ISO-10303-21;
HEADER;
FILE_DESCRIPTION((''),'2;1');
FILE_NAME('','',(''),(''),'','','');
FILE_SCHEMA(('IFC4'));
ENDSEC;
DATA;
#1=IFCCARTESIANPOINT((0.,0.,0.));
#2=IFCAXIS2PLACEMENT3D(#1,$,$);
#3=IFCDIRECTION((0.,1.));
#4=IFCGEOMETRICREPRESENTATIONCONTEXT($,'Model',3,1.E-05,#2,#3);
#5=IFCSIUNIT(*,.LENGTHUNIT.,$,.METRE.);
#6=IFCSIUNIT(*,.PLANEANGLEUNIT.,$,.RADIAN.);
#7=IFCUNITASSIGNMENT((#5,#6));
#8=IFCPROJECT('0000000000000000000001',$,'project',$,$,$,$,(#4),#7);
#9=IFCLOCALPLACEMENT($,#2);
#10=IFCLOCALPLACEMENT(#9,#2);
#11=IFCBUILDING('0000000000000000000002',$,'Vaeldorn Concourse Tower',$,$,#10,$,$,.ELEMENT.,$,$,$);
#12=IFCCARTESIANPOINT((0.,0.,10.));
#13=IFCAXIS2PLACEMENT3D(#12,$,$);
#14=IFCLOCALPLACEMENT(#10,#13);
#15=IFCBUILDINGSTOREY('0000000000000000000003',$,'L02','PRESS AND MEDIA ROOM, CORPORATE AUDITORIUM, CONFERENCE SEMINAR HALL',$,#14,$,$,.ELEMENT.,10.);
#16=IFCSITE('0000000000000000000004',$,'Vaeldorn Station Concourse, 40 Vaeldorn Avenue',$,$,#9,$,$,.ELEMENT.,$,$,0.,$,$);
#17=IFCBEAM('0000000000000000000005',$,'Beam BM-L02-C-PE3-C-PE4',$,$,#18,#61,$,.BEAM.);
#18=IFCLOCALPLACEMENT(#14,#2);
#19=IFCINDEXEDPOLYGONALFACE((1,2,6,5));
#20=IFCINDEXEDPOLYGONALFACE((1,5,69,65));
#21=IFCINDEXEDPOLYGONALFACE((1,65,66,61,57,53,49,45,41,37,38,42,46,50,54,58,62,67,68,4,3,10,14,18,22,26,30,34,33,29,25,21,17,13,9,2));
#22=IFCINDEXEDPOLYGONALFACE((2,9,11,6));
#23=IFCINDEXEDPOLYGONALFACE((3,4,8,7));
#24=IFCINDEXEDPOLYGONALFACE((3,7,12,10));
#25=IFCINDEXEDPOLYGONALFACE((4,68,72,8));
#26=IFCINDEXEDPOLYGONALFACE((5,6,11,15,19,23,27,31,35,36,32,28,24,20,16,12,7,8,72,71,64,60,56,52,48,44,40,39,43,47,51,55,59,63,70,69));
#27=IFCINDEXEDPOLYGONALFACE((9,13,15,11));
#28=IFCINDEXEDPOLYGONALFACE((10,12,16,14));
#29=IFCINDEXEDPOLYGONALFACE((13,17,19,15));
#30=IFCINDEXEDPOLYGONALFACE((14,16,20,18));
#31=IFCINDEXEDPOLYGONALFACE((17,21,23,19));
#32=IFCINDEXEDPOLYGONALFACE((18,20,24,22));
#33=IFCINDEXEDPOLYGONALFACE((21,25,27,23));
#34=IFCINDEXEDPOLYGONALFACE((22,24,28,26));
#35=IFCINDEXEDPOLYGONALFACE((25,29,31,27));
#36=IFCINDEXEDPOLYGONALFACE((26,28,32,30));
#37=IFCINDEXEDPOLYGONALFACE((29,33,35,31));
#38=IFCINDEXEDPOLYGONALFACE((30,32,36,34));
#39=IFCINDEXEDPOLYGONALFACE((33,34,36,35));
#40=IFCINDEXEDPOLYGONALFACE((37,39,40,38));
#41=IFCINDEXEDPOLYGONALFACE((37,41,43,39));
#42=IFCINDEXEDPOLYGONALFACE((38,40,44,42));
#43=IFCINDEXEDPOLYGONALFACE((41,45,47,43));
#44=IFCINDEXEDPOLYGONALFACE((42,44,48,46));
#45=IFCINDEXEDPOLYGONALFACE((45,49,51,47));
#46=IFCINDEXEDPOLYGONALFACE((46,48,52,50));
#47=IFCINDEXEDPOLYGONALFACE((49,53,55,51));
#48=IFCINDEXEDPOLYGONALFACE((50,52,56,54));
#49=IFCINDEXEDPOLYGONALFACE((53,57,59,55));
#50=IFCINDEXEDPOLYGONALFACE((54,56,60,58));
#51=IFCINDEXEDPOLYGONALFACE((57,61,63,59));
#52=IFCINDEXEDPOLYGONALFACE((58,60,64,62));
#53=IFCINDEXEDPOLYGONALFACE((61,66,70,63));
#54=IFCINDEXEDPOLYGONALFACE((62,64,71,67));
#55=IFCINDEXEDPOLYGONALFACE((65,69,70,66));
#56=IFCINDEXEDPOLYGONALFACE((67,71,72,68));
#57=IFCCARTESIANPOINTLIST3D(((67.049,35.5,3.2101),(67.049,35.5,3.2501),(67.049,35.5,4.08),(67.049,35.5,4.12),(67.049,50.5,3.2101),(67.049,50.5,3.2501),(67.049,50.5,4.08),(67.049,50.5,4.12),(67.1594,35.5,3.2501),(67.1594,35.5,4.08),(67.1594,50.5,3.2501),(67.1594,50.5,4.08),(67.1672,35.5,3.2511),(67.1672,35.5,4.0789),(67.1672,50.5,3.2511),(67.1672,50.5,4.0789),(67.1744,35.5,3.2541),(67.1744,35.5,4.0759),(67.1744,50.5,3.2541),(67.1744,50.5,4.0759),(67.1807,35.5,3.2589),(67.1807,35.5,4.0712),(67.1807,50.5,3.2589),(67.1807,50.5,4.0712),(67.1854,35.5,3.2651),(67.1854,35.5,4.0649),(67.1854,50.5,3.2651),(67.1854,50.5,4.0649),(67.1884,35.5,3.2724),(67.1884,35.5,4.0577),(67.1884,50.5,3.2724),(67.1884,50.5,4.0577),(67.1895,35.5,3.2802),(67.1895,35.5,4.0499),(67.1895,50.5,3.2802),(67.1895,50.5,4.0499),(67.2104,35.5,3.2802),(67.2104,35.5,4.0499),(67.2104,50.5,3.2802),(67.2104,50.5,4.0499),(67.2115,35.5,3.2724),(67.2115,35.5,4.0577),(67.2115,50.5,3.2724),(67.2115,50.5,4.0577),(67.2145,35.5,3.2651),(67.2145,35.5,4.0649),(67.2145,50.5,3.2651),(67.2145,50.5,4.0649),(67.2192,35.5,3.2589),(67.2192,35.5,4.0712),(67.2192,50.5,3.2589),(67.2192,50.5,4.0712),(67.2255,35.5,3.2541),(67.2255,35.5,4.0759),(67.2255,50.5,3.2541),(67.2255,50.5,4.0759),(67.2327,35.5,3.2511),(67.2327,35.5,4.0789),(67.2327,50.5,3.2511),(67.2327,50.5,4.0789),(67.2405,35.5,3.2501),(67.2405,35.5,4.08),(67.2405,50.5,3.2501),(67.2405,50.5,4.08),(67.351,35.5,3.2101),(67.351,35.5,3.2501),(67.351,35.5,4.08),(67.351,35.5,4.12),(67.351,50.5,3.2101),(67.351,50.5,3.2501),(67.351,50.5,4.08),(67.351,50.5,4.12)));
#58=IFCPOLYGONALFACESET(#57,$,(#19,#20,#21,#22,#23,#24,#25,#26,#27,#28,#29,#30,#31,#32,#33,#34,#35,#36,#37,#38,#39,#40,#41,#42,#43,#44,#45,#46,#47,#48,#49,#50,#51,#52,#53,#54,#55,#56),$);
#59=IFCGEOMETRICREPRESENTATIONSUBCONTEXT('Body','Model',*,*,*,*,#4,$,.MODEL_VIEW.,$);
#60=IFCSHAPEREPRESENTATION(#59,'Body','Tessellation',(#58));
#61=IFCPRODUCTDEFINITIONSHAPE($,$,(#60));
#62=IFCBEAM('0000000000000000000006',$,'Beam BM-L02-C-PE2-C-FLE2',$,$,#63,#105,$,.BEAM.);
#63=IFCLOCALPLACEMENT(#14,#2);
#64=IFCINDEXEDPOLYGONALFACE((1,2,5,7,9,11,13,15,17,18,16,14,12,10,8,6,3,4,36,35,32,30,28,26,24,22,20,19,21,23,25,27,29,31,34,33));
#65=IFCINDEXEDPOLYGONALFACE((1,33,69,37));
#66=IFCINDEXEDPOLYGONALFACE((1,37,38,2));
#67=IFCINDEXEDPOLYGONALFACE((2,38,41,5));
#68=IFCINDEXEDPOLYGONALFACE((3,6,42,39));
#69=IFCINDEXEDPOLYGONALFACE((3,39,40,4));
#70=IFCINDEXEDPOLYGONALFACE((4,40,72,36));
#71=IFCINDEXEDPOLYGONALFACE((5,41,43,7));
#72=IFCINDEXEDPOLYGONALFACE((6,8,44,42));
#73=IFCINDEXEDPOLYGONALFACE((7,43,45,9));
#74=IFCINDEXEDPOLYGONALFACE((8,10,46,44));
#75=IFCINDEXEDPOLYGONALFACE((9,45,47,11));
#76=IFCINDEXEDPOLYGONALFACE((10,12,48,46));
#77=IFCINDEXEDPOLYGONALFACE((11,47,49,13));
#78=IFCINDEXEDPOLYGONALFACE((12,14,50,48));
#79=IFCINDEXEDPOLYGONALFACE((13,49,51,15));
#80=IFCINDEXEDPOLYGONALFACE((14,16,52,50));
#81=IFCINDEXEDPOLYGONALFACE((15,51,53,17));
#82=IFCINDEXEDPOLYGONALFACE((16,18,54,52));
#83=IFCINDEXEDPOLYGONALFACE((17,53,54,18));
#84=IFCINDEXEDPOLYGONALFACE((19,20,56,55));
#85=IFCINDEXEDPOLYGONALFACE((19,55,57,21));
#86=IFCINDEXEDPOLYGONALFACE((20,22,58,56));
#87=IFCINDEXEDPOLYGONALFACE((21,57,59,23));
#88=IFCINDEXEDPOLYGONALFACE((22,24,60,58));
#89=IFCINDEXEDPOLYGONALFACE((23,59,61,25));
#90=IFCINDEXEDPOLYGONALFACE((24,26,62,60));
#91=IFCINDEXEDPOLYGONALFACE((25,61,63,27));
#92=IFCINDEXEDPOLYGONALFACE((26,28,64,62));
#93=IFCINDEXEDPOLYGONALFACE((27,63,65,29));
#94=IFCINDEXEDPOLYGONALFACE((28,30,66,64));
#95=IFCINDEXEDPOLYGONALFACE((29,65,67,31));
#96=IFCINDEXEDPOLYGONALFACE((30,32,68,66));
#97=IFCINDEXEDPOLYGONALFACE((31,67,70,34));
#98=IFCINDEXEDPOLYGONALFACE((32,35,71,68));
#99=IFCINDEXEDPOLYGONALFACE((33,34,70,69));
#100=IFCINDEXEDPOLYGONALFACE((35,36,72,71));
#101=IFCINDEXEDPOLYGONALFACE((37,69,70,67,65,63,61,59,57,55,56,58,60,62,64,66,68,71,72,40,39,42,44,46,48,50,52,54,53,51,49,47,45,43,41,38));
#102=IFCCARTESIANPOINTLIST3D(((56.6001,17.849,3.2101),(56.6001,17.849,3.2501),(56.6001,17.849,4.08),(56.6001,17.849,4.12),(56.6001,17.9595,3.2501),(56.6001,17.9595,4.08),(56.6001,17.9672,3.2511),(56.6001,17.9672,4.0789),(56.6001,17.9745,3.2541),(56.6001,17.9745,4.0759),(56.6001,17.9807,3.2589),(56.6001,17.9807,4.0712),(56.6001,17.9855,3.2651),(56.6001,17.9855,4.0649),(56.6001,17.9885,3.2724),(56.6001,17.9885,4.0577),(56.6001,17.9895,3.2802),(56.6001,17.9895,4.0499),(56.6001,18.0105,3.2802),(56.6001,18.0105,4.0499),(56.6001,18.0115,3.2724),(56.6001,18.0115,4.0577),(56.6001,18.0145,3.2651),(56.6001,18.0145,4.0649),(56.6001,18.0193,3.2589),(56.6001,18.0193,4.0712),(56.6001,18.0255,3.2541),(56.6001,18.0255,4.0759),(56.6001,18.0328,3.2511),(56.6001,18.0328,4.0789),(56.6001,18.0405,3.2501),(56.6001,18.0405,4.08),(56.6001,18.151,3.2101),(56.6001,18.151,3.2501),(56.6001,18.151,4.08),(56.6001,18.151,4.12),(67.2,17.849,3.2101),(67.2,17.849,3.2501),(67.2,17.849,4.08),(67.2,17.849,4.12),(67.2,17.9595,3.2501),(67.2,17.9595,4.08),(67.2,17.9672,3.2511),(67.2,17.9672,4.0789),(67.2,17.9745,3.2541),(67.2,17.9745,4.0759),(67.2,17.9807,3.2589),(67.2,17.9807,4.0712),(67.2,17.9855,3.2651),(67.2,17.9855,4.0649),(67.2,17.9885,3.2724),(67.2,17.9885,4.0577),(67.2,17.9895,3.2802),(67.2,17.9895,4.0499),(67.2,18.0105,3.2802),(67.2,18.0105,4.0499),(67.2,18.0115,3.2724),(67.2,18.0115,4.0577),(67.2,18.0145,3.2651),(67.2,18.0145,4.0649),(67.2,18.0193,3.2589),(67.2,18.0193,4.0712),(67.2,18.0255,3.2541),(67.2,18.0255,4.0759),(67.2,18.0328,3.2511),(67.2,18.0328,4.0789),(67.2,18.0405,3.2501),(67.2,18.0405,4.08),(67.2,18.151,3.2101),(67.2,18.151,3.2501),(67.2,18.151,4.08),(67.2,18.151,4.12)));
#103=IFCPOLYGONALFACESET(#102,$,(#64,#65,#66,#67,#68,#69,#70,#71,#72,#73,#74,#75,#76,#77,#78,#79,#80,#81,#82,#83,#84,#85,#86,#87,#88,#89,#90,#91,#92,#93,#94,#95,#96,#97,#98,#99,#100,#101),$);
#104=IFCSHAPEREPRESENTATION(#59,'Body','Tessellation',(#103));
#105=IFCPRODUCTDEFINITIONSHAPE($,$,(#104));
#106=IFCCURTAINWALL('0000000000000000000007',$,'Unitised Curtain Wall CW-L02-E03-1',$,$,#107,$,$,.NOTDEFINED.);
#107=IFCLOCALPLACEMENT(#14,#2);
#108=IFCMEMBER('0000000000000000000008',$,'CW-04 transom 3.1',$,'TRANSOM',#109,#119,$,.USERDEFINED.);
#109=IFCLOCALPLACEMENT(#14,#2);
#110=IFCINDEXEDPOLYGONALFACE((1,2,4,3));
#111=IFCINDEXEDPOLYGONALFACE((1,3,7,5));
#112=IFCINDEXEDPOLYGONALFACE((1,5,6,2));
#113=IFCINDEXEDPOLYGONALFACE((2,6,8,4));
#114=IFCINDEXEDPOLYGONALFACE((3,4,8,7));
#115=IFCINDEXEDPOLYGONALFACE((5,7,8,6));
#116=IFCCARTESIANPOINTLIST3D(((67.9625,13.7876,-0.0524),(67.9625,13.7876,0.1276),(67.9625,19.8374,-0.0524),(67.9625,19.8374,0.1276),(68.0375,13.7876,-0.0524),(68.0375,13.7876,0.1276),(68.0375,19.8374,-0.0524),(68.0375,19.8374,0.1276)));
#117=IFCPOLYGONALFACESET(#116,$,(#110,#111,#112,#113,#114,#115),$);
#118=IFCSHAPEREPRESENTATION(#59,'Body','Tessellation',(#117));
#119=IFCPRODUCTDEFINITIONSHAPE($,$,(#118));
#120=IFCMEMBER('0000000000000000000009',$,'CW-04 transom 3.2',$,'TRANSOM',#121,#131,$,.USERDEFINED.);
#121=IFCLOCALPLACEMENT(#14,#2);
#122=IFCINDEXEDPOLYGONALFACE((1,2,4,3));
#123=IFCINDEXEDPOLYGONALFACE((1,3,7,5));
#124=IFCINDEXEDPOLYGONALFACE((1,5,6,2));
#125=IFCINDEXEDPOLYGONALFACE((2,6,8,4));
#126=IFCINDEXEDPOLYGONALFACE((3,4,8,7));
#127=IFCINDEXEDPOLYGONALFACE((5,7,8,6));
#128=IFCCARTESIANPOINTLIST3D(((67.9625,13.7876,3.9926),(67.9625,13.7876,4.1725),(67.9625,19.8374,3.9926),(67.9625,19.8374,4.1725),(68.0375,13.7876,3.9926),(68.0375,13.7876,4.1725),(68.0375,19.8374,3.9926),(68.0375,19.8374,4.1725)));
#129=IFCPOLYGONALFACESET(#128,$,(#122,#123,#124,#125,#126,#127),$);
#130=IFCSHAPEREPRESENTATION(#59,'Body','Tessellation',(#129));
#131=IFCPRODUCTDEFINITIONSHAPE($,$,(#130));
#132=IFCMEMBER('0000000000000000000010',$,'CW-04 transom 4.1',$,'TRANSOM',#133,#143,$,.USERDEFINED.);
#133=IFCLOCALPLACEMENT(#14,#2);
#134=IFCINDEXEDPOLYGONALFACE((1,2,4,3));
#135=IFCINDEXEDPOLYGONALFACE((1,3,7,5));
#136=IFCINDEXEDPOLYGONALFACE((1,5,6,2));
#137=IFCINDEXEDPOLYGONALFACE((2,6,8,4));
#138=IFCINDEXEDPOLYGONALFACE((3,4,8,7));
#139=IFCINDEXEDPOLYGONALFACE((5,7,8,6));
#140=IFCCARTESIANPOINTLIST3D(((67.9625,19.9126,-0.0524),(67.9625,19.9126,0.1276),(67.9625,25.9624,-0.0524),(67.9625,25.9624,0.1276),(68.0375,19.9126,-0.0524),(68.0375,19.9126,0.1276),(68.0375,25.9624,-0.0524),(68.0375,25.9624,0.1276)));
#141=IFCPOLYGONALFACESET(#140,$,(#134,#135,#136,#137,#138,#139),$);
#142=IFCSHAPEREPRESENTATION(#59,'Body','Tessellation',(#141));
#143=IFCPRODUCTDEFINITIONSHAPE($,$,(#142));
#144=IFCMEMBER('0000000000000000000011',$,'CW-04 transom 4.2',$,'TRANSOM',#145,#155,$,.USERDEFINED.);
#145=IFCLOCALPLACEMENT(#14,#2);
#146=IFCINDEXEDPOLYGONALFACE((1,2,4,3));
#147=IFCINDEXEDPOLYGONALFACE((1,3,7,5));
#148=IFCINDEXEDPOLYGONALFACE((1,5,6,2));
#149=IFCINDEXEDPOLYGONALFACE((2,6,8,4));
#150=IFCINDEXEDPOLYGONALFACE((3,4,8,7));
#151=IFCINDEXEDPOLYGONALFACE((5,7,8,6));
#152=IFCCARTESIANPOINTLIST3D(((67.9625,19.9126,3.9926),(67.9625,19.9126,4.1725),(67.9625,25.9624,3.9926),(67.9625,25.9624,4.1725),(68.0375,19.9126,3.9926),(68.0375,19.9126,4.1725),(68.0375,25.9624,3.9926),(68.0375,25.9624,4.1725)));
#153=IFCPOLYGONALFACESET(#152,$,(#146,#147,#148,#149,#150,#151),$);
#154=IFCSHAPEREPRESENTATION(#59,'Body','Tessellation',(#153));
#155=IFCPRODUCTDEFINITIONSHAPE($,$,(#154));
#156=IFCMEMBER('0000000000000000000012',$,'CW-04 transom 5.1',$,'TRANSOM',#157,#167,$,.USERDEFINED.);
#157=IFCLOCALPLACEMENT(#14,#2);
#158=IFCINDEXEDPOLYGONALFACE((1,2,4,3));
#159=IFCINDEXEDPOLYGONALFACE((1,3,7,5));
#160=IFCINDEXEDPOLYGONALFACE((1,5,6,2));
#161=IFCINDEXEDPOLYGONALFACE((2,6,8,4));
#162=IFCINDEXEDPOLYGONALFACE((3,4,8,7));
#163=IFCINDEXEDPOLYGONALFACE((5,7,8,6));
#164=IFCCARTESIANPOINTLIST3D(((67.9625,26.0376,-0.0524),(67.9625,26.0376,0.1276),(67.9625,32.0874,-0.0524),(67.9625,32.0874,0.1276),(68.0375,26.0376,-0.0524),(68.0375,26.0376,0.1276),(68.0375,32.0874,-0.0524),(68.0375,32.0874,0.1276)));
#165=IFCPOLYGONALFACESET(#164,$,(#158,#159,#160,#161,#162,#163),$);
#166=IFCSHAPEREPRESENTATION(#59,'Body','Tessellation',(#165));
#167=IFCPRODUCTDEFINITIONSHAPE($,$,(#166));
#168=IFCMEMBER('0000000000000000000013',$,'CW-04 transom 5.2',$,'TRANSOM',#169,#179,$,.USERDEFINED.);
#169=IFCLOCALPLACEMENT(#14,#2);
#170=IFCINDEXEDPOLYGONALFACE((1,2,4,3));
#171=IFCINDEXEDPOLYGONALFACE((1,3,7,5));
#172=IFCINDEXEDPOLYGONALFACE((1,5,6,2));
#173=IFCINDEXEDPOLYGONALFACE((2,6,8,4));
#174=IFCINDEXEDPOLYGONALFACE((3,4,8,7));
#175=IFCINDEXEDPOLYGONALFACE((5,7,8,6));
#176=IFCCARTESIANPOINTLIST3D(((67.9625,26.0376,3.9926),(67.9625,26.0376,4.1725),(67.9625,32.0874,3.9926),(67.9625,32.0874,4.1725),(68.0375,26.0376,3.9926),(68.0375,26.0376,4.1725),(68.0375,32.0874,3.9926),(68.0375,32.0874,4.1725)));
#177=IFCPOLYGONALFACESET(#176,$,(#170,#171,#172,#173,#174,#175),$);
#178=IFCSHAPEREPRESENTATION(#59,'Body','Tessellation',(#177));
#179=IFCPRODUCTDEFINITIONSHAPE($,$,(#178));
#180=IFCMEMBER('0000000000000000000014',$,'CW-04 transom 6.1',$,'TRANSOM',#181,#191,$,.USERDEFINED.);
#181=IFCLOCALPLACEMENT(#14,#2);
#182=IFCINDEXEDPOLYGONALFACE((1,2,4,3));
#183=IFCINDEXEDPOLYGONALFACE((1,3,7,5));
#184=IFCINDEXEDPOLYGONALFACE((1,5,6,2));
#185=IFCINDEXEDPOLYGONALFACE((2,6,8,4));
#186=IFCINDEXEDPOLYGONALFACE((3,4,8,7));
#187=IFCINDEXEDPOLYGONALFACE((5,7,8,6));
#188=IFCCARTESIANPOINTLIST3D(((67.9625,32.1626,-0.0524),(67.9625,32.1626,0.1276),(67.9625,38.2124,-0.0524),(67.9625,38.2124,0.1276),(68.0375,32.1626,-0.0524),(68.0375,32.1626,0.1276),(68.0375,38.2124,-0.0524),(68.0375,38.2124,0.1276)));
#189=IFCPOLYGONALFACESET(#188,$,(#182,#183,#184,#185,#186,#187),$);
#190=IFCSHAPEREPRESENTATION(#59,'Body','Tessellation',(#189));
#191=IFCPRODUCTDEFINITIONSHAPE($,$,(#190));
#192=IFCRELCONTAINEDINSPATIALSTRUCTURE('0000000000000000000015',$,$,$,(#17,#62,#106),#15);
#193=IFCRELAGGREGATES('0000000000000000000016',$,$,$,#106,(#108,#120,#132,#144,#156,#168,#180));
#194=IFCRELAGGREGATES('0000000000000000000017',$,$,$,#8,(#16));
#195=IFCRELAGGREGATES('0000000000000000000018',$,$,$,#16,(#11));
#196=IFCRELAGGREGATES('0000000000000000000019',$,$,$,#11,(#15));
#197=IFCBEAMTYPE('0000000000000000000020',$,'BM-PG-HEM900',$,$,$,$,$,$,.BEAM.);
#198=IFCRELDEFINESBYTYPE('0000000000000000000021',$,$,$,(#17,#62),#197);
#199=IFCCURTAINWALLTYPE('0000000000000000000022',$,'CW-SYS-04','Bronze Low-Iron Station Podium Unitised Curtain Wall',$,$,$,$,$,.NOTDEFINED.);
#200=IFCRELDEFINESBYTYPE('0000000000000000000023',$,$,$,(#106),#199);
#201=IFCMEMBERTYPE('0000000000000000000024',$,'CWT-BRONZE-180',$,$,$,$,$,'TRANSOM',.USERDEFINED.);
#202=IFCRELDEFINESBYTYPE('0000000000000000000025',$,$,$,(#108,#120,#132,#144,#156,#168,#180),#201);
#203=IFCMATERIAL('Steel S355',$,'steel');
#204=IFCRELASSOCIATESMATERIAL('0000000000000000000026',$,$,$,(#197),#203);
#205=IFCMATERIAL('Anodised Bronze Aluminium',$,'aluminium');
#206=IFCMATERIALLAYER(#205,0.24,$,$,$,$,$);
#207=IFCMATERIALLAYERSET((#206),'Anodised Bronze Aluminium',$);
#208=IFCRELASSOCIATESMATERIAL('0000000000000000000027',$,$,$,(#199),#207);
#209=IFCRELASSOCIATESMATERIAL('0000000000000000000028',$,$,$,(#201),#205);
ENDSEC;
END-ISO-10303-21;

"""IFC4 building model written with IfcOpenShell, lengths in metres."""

from ifc_helpers import new_model, si_unit, direction, frame, origin, origin_2d, place, context, subcontext, project, spatial, rectangle, i_section, extrude, source, transform, mapped, material, layer, layer_set, material_profile, profile_set, type_object, element, aggregate, save


model = new_model("IFC4")

# Units and contexts
model_context = context("Model", 3, precision=1e-05, world=origin(), true_north=direction((0.0, 1.0)))
body_context = subcontext(model_context, "Body", "Model", "MODEL_VIEW")
ifc_project = project(units=[si_unit("LENGTHUNIT", "METRE"), si_unit("PLANEANGLEUNIT", "RADIAN")], contexts=[model_context])

# Site, building, storey
site_placement = place(None, origin())
site = spatial("IfcSite", under=ifc_project, at=site_placement, Name="Vaeldorn Station Concourse, 40 Vaeldorn Avenue", CompositionType="ELEMENT", RefElevation=0.0)
building_placement = place(site_placement, origin())
building = spatial("IfcBuilding", under=site, at=building_placement, Name="Vaeldorn Concourse Tower", CompositionType="ELEMENT")
storey_placement = place(building_placement, frame((0.0, 0.0, 10.0)))
storey = spatial("IfcBuildingStorey", under=building, at=storey_placement, Name="L02", Description="PRESS AND MEDIA ROOM, CORPORATE AUDITORIUM, CONFERENCE SEMINAR HALL", CompositionType="ELEMENT", Elevation=10.0)

# Beams
ifc_material_1 = material(Name="Steel S355", Category="steel")
ifc_material_profile_1 = material_profile(ifc_material_1, i_section(OverallWidth=0.302, OverallDepth=0.9099, WebThickness=0.021, FlangeThickness=0.04, FilletRadius=0.03, at=origin_2d()), Name="HEM 900")
ifc_profile_set_1 = profile_set([ifc_material_profile_1], Name="Steel S355")
beam_type = type_object("IfcBeamType", Name="BM-PG-HEM900", PredefinedType="BEAM", material=ifc_profile_set_1)
shared_shape_1 = source(origin(), body_context, "Body", "SweptSolid", [
    extrude(i_section(OverallWidth=0.302, OverallDepth=0.9099, WebThickness=0.021, FlangeThickness=0.04, FilletRadius=0.03, at=origin_2d()), origin(), (0.0, 0.0, 1.0), 15.0),
])
beam_1_placement = place(storey_placement, frame((67.2, 35.5, 3.665), z_axis=(0.0, 1.0, 0.0), x_axis=(-1.0, 0.0, 0.0)))
element("IfcBeam", 1, at=beam_1_placement, inside=storey, type_object=beam_type, Name="Beam BM-L02-C-PE3-C-PE4", PredefinedType="BEAM", context=body_context, shape_type="MappedRepresentation", body=[
    mapped(shared_shape_1, transform((0.0, 0.0, 0.0), scale=1.0)),
])
shared_shape_2 = source(origin(), body_context, "Body", "SweptSolid", [
    extrude(i_section(OverallWidth=0.302, OverallDepth=0.9099, WebThickness=0.021, FlangeThickness=0.04, FilletRadius=0.03, at=origin_2d()), origin(), (0.0, 0.0, 1.0), 10.5999),
])
beam_2_placement = place(storey_placement, frame((67.2, 18.0, 3.665), z_axis=(-1.0, 0.0, 0.0), x_axis=(0.0, -1.0, 0.0)))
element("IfcBeam", 2, at=beam_2_placement, inside=storey, type_object=beam_type, Name="Beam BM-L02-C-PE2-C-FLE2", PredefinedType="BEAM", context=body_context, shape_type="MappedRepresentation", body=[
    mapped(shared_shape_2, transform((0.0, 0.0, 0.0), scale=1.0)),
])

# Curtain wall, members
ifc_material_2 = material(Name="Anodised Bronze Aluminium", Category="aluminium")
ifc_layer_1 = layer(ifc_material_2, 0.24)
ifc_layer_set_1 = layer_set([ifc_layer_1], Name="Anodised Bronze Aluminium")
curtain_wall_type = type_object("IfcCurtainWallType", Name="CW-SYS-04", Description="Bronze Low-Iron Station Podium Unitised Curtain Wall", PredefinedType="NOTDEFINED", material=ifc_layer_set_1)
curtain_wall_placement = place(storey_placement, origin())
curtain_wall = element("IfcCurtainWall", 3, at=curtain_wall_placement, inside=storey, type_object=curtain_wall_type, Name="Unitised Curtain Wall CW-L02-E03-1", PredefinedType="NOTDEFINED")
ifc_material_profile_2 = material_profile(ifc_material_2, rectangle(XDim=0.075, YDim=0.1799, at=origin_2d()), Name="CWT 75x180")
ifc_profile_set_2 = profile_set([ifc_material_profile_2], Name="Anodised Bronze Aluminium")
member_type_1 = type_object("IfcMemberType", Name="CWT-BRONZE-180", ElementType="TRANSOM", PredefinedType="USERDEFINED", material=ifc_profile_set_2)
shared_shape_3 = source(origin(), body_context, "Body", "SweptSolid", [
    extrude(rectangle(XDim=0.075, YDim=0.1799, at=origin_2d()), origin(), (0.0, 0.0, 1.0), 6.0498),
])
member_1_placement = place(storey_placement, frame((68.0, 13.7876, 0.0376), z_axis=(0.0, 1.0, 0.0), x_axis=(-1.0, 0.0, 0.0)))
member_1 = element("IfcMember", 4, at=member_1_placement, type_object=member_type_1, Name="CW-04 transom 3.1", ObjectType="TRANSOM", PredefinedType="USERDEFINED", context=body_context, shape_type="MappedRepresentation", body=[
    mapped(shared_shape_3, transform((0.0, 0.0, 0.0), scale=1.0)),
])
member_2_placement = place(storey_placement, frame((68.0, 13.7876, 4.0825), z_axis=(0.0, 1.0, 0.0), x_axis=(-1.0, 0.0, 0.0)))
member_2 = element("IfcMember", 5, at=member_2_placement, type_object=member_type_1, Name="CW-04 transom 3.2", ObjectType="TRANSOM", PredefinedType="USERDEFINED", context=body_context, shape_type="MappedRepresentation", body=[
    mapped(shared_shape_3, transform((0.0, 0.0, 0.0), scale=1.0)),
])
member_3_placement = place(storey_placement, frame((68.0, 19.9126, 0.0376), z_axis=(0.0, 1.0, 0.0), x_axis=(-1.0, 0.0, 0.0)))
member_3 = element("IfcMember", 6, at=member_3_placement, type_object=member_type_1, Name="CW-04 transom 4.1", ObjectType="TRANSOM", PredefinedType="USERDEFINED", context=body_context, shape_type="MappedRepresentation", body=[
    mapped(shared_shape_3, transform((0.0, 0.0, 0.0), scale=1.0)),
])
member_4_placement = place(storey_placement, frame((68.0, 19.9126, 4.0825), z_axis=(0.0, 1.0, 0.0), x_axis=(-1.0, 0.0, 0.0)))
member_4 = element("IfcMember", 7, at=member_4_placement, type_object=member_type_1, Name="CW-04 transom 4.2", ObjectType="TRANSOM", PredefinedType="USERDEFINED", context=body_context, shape_type="MappedRepresentation", body=[
    mapped(shared_shape_3, transform((0.0, 0.0, 0.0), scale=1.0)),
])
member_5_placement = place(storey_placement, frame((68.0, 26.0376, 0.0376), z_axis=(0.0, 1.0, 0.0), x_axis=(-1.0, 0.0, 0.0)))
member_5 = element("IfcMember", 8, at=member_5_placement, type_object=member_type_1, Name="CW-04 transom 5.1", ObjectType="TRANSOM", PredefinedType="USERDEFINED", context=body_context, shape_type="MappedRepresentation", body=[
    mapped(shared_shape_3, transform((0.0, 0.0, 0.0), scale=1.0)),
])
member_6_placement = place(storey_placement, frame((68.0, 26.0376, 4.0825), z_axis=(0.0, 1.0, 0.0), x_axis=(-1.0, 0.0, 0.0)))
member_6 = element("IfcMember", 9, at=member_6_placement, type_object=member_type_1, Name="CW-04 transom 5.2", ObjectType="TRANSOM", PredefinedType="USERDEFINED", context=body_context, shape_type="MappedRepresentation", body=[
    mapped(shared_shape_3, transform((0.0, 0.0, 0.0), scale=1.0)),
])
member_7_placement = place(storey_placement, frame((68.0, 32.1626, 0.0376), z_axis=(0.0, 1.0, 0.0), x_axis=(-1.0, 0.0, 0.0)))
member_7 = element("IfcMember", 10, at=member_7_placement, type_object=member_type_1, Name="CW-04 transom 6.1", ObjectType="TRANSOM", PredefinedType="USERDEFINED", context=body_context, shape_type="MappedRepresentation", body=[
    mapped(shared_shape_3, transform((0.0, 0.0, 0.0), scale=1.0)),
])
aggregate(curtain_wall, [member_1, member_2, member_3, member_4, member_5, member_6, member_7])

save(model, "model.ifc")
